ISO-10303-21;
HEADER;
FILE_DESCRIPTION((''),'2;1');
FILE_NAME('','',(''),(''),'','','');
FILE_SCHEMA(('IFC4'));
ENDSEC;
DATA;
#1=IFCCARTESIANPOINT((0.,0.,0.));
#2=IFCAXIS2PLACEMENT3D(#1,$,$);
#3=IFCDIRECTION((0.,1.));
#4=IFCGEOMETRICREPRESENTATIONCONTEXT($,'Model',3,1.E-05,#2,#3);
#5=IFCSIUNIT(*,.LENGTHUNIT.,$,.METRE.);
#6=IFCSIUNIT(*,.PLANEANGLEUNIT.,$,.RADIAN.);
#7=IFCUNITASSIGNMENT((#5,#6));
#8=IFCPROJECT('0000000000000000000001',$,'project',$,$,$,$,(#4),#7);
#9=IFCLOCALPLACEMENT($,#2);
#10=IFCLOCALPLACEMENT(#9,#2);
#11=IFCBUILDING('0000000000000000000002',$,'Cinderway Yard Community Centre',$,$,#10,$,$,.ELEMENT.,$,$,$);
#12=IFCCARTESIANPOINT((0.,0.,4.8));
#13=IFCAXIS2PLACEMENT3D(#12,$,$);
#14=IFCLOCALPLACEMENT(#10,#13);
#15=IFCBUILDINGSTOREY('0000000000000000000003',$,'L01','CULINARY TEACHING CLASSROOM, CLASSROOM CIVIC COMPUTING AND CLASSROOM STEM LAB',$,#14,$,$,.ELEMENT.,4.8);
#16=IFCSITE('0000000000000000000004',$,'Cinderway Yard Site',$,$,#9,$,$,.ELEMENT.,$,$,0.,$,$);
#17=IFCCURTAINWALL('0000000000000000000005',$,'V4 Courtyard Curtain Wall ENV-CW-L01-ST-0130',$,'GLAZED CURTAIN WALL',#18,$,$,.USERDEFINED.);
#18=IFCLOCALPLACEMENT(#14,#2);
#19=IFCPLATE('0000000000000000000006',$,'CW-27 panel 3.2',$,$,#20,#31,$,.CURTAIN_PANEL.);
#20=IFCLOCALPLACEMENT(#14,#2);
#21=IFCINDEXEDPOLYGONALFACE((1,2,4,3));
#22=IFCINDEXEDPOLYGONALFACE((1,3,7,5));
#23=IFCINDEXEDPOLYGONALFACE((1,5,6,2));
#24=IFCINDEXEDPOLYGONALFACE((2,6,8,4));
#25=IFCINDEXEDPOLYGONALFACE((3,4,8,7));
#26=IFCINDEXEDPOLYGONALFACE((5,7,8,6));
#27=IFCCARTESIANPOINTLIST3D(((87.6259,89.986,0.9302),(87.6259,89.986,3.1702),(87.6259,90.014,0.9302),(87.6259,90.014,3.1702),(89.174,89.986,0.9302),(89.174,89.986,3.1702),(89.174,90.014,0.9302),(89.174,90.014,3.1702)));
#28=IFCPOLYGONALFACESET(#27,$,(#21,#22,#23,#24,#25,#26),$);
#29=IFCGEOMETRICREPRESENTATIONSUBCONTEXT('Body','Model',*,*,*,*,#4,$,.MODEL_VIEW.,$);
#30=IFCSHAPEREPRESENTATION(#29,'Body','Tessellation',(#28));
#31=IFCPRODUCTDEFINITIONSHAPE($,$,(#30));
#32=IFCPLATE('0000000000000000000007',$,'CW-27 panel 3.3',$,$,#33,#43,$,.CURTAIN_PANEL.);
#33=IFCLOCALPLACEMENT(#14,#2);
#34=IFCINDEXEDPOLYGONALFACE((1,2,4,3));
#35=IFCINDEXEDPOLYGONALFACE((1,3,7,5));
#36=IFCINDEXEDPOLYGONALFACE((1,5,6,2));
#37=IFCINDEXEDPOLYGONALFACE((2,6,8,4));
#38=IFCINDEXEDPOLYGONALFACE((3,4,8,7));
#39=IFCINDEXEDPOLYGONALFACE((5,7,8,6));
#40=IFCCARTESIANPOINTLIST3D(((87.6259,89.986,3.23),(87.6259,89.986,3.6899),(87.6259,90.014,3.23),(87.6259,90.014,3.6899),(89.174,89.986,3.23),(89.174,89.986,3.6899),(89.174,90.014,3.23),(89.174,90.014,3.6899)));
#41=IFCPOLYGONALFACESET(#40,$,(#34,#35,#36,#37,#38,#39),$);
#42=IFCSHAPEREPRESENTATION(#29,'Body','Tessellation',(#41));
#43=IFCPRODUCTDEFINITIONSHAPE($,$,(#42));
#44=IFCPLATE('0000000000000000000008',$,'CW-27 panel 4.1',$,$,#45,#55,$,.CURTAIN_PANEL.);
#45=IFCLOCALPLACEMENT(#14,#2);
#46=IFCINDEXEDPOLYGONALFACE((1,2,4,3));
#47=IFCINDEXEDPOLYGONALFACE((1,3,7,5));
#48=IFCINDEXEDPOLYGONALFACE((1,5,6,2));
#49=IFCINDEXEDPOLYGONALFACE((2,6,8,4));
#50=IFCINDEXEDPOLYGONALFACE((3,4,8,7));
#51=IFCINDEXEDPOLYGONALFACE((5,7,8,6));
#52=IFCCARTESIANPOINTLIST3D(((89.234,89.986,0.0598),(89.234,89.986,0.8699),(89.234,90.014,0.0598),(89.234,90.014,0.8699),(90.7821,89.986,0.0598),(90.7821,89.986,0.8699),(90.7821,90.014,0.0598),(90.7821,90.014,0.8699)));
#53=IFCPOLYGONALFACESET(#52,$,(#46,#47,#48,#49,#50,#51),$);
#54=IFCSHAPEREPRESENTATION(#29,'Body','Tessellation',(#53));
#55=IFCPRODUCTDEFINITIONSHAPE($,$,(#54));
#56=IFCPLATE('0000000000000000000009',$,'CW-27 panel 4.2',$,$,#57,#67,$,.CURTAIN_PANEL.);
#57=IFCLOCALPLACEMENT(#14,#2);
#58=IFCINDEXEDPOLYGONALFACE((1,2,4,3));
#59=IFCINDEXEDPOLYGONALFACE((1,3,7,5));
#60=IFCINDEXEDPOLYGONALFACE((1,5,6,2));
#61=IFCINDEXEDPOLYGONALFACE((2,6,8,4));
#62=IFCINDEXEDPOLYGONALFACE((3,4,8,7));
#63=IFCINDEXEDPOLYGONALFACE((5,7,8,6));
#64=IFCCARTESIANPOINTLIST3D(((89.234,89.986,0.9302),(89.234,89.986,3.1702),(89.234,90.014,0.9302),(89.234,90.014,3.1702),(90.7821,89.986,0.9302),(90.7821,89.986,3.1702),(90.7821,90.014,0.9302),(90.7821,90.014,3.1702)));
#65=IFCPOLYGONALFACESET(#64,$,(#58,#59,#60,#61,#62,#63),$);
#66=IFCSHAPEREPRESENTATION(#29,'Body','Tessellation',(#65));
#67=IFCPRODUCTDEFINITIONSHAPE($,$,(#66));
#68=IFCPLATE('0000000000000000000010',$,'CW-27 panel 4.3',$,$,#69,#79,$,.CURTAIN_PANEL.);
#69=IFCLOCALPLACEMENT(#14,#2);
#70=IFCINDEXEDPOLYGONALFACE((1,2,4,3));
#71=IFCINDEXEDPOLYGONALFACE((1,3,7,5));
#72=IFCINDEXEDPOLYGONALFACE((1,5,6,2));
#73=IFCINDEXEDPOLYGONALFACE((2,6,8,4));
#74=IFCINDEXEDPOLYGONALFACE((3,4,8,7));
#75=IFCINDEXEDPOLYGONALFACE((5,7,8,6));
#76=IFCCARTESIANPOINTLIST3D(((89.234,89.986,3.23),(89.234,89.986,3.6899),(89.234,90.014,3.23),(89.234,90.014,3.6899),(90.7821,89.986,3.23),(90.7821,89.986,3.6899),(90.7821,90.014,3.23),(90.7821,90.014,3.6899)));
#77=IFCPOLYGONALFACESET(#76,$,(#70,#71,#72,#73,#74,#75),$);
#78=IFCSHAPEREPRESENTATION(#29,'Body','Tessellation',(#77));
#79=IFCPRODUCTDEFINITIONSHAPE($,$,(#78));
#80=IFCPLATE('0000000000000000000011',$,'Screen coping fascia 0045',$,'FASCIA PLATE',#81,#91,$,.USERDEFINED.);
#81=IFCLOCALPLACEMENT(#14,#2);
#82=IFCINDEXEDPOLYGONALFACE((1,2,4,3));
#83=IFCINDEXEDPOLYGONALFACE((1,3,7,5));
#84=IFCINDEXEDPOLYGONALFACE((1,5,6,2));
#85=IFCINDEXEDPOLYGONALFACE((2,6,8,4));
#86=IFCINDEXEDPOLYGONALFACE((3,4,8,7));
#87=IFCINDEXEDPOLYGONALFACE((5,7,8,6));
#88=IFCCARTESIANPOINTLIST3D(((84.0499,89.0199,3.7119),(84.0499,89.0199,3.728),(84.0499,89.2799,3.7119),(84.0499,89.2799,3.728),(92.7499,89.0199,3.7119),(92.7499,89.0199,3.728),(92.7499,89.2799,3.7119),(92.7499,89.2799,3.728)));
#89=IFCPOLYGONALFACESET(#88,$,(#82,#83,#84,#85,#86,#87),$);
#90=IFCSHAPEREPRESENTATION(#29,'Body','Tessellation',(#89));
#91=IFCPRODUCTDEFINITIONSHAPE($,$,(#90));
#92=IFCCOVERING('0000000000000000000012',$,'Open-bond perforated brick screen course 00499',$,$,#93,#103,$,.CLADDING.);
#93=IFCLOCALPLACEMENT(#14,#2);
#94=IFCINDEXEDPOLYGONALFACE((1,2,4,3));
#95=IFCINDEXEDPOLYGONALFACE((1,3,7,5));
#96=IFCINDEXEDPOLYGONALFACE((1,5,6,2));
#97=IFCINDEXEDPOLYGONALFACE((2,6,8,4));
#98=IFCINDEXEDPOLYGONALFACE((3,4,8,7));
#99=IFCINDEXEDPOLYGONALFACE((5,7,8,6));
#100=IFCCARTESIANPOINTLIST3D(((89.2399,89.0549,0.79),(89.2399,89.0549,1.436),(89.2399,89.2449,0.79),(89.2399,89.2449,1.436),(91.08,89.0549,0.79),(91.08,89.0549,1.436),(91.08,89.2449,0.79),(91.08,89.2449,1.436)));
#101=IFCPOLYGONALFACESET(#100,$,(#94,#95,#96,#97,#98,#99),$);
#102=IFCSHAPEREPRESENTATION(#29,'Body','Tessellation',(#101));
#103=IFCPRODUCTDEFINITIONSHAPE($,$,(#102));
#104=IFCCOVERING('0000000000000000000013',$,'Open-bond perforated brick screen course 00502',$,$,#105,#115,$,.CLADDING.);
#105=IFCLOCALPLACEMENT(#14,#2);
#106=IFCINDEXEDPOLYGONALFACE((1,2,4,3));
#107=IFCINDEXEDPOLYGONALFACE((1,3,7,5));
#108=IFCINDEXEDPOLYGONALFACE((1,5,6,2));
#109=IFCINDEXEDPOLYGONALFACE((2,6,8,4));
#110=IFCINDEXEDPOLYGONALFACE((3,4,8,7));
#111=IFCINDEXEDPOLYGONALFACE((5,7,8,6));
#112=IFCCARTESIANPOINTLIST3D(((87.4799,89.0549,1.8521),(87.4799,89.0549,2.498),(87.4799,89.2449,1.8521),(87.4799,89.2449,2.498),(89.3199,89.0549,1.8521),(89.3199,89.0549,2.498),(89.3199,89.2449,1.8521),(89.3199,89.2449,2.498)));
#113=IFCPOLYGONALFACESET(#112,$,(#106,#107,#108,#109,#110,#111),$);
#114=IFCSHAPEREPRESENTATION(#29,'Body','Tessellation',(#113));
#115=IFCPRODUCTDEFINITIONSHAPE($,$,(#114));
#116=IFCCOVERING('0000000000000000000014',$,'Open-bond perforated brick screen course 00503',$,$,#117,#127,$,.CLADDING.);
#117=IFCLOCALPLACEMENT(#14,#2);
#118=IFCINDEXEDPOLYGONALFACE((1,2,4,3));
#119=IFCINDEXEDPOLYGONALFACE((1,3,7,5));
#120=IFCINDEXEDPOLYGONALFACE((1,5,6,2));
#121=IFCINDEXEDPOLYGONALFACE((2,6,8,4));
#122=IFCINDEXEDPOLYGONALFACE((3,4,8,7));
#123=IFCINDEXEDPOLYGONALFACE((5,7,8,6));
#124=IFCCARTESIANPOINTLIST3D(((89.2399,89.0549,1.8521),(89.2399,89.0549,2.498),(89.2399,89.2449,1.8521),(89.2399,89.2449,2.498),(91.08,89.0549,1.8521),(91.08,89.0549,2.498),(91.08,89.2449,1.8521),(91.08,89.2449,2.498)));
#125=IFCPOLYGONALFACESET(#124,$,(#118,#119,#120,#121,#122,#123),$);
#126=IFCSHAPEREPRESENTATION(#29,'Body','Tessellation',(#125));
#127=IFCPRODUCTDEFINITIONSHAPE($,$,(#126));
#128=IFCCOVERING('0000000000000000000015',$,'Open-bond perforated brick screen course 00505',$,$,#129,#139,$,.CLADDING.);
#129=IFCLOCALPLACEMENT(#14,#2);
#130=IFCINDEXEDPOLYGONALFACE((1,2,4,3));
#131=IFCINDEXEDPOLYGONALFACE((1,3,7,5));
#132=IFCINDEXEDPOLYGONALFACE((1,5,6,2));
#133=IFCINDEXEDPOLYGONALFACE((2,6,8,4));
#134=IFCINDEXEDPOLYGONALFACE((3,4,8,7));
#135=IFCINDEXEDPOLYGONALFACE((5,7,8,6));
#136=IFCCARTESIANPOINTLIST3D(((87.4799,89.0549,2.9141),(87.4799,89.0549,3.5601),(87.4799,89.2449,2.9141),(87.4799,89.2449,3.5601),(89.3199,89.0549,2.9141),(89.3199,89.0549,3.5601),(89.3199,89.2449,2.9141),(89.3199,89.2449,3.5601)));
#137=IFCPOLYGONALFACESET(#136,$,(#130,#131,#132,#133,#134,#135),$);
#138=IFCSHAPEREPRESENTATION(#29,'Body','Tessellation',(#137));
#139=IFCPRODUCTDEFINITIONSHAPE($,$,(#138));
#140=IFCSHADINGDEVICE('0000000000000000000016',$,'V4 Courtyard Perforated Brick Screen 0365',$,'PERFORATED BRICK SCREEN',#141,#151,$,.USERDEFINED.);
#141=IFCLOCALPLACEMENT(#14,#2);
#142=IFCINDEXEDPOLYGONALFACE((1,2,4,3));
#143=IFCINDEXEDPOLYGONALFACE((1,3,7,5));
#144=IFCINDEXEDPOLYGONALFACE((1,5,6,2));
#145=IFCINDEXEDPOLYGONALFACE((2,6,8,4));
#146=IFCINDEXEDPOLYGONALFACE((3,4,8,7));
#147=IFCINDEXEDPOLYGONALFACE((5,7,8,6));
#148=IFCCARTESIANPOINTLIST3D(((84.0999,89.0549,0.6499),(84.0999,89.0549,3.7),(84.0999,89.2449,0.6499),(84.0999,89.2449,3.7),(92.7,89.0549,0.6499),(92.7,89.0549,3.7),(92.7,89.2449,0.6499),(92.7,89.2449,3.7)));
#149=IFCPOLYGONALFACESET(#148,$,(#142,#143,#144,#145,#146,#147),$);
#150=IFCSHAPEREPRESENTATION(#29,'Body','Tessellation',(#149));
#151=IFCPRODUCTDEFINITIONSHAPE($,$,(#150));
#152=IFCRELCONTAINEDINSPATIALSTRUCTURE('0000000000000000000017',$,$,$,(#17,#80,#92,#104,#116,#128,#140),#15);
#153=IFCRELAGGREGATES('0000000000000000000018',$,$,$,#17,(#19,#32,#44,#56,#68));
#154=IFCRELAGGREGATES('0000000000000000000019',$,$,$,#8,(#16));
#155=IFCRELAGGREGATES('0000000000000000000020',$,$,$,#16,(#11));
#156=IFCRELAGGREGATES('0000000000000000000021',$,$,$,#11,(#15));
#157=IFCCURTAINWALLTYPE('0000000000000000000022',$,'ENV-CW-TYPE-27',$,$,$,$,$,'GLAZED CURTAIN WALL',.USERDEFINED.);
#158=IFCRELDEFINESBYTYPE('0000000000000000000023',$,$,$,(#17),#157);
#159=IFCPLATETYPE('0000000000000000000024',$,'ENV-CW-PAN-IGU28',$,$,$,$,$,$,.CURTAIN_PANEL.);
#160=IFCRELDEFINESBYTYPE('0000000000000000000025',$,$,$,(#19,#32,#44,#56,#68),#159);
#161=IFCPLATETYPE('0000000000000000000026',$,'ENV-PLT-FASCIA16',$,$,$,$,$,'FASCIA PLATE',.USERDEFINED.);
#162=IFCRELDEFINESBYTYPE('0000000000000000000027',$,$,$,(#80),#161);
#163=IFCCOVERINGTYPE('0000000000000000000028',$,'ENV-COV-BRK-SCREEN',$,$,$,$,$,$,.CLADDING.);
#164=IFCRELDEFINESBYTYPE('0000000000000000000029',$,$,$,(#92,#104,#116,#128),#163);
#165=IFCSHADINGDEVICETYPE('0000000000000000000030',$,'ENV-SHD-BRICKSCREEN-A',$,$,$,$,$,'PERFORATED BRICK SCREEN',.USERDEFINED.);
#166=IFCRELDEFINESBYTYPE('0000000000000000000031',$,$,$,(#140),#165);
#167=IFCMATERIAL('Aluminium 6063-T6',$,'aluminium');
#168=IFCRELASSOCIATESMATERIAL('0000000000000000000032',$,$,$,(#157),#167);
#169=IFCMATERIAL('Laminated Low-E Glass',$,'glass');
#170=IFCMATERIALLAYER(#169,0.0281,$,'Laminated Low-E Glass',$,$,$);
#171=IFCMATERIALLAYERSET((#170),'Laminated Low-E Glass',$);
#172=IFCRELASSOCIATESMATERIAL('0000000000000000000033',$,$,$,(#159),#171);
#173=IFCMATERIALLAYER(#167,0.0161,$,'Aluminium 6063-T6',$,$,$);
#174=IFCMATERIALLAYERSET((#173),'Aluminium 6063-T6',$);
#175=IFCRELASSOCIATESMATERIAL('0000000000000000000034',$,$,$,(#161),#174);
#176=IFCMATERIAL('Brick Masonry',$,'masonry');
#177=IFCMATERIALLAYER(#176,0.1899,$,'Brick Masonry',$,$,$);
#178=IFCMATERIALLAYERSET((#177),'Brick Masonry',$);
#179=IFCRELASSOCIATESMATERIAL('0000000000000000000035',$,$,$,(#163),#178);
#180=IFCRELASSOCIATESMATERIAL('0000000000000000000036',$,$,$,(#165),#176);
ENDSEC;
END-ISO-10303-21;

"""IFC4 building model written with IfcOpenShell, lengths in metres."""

from ifc_helpers import new_model, si_unit, direction, frame, origin, origin_2d, place, context, subcontext, project, spatial, rectangle, extrude, material, layer, layer_set, type_object, element, aggregate, save


model = new_model("IFC4")

# Units and contexts
model_context = context("Model", 3, precision=1e-05, world=origin(), true_north=direction((0.0, 1.0)))
body_context = subcontext(model_context, "Body", "Model", "MODEL_VIEW")
ifc_project = project(units=[si_unit("LENGTHUNIT", "METRE"), si_unit("PLANEANGLEUNIT", "RADIAN")], contexts=[model_context])

# Site, building, storey
site_placement = place(None, origin())
site = spatial("IfcSite", under=ifc_project, at=site_placement, Name="Cinderway Yard Site", CompositionType="ELEMENT", RefElevation=0.0)
building_placement = place(site_placement, origin())
building = spatial("IfcBuilding", under=site, at=building_placement, Name="Cinderway Yard Community Centre", CompositionType="ELEMENT")
storey_placement = place(building_placement, frame((0.0, 0.0, 4.8)))
storey = spatial("IfcBuildingStorey", under=building, at=storey_placement, Name="L01", Description="CULINARY TEACHING CLASSROOM, CLASSROOM CIVIC COMPUTING AND CLASSROOM STEM LAB", CompositionType="ELEMENT", Elevation=4.8)

# Curtain wall
ifc_material_1 = material(Name="Aluminium 6063-T6", Category="aluminium")
curtain_wall_type = type_object("IfcCurtainWallType", Name="ENV-CW-TYPE-27", ElementType="GLAZED CURTAIN WALL", PredefinedType="USERDEFINED", material=ifc_material_1)
curtain_wall_placement = place(storey_placement, origin())
curtain_wall = element("IfcCurtainWall", 1, at=curtain_wall_placement, inside=storey, type_object=curtain_wall_type, Name="V4 Courtyard Curtain Wall ENV-CW-L01-ST-0130", ObjectType="GLAZED CURTAIN WALL", PredefinedType="USERDEFINED")

# Plates
ifc_material_2 = material(Name="Laminated Low-E Glass", Category="glass")
ifc_layer_1 = layer(ifc_material_2, 0.0281, Name="Laminated Low-E Glass")
ifc_layer_set_1 = layer_set([ifc_layer_1], Name="Laminated Low-E Glass")
plate_type_1 = type_object("IfcPlateType", Name="ENV-CW-PAN-IGU28", PredefinedType="CURTAIN_PANEL", material=ifc_layer_set_1)
plate_1_placement = place(storey_placement, frame((88.3999, 90.0, 0.9302), z_axis=(0.0, 0.0, 1.0), x_axis=(1.0, 0.0, 0.0)))
plate_1 = element("IfcPlate", 2, at=plate_1_placement, type_object=plate_type_1, Name="CW-27 panel 3.2", PredefinedType="CURTAIN_PANEL", context=body_context, shape_type="SweptSolid", body=[
    extrude(rectangle(XDim=1.5481, YDim=0.0281, at=origin_2d()), origin(), (0.0, 0.0, 1.0), 2.24),
])
plate_2_placement = place(storey_placement, frame((88.3999, 90.0, 3.23), z_axis=(0.0, 0.0, 1.0), x_axis=(1.0, 0.0, 0.0)))
plate_2 = element("IfcPlate", 3, at=plate_2_placement, type_object=plate_type_1, Name="CW-27 panel 3.3", PredefinedType="CURTAIN_PANEL", context=body_context, shape_type="SweptSolid", body=[
    extrude(rectangle(XDim=1.5481, YDim=0.0281, at=origin_2d()), origin(), (0.0, 0.0, 1.0), 0.46),
])
plate_3_placement = place(storey_placement, frame((90.0081, 90.0, 0.0598), z_axis=(0.0, 0.0, 1.0), x_axis=(1.0, 0.0, 0.0)))
plate_3 = element("IfcPlate", 4, at=plate_3_placement, type_object=plate_type_1, Name="CW-27 panel 4.1", PredefinedType="CURTAIN_PANEL", context=body_context, shape_type="SweptSolid", body=[
    extrude(rectangle(XDim=1.5481, YDim=0.0281, at=origin_2d()), origin(), (0.0, 0.0, 1.0), 0.8101),
])
plate_4_placement = place(storey_placement, frame((90.0081, 90.0, 0.9302), z_axis=(0.0, 0.0, 1.0), x_axis=(1.0, 0.0, 0.0)))
plate_4 = element("IfcPlate", 5, at=plate_4_placement, type_object=plate_type_1, Name="CW-27 panel 4.2", PredefinedType="CURTAIN_PANEL", context=body_context, shape_type="SweptSolid", body=[
    extrude(rectangle(XDim=1.5481, YDim=0.0281, at=origin_2d()), origin(), (0.0, 0.0, 1.0), 2.24),
])
plate_5_placement = place(storey_placement, frame((90.0081, 90.0, 3.23), z_axis=(0.0, 0.0, 1.0), x_axis=(1.0, 0.0, 0.0)))
plate_5 = element("IfcPlate", 6, at=plate_5_placement, type_object=plate_type_1, Name="CW-27 panel 4.3", PredefinedType="CURTAIN_PANEL", context=body_context, shape_type="SweptSolid", body=[
    extrude(rectangle(XDim=1.5481, YDim=0.0281, at=origin_2d()), origin(), (0.0, 0.0, 1.0), 0.46),
])
aggregate(curtain_wall, [plate_1, plate_2, plate_3, plate_4, plate_5])
ifc_layer_2 = layer(ifc_material_1, 0.0161, Name="Aluminium 6063-T6")
ifc_layer_set_2 = layer_set([ifc_layer_2], Name="Aluminium 6063-T6")
plate_type_2 = type_object("IfcPlateType", Name="ENV-PLT-FASCIA16", ElementType="FASCIA PLATE", PredefinedType="USERDEFINED", material=ifc_layer_set_2)
plate_6_placement = place(storey_placement, frame((88.3999, 89.1499, 3.7119), z_axis=(0.0, 0.0, 1.0), x_axis=(-1.0, 0.0, 0.0)))
element("IfcPlate", 7, at=plate_6_placement, inside=storey, type_object=plate_type_2, Name="Screen coping fascia 0045", ObjectType="FASCIA PLATE", PredefinedType="USERDEFINED", context=body_context, shape_type="SweptSolid", body=[
    extrude(rectangle(XDim=8.7, YDim=0.26, at=origin_2d()), origin(), (0.0, 0.0, 1.0), 0.0161),
])

# Coverings
ifc_material_3 = material(Name="Brick Masonry", Category="masonry")
ifc_layer_3 = layer(ifc_material_3, 0.1899, Name="Brick Masonry")
ifc_layer_set_3 = layer_set([ifc_layer_3], Name="Brick Masonry")
covering_type = type_object("IfcCoveringType", Name="ENV-COV-BRK-SCREEN", PredefinedType="CLADDING", material=ifc_layer_set_3)
for number, where, z_axis, x_axis, name in (
    (8, (90.1599, 89.1499, 0.79), (0.0, 0.0, 1.0), (-1.0, 0.0, 0.0), "Open-bond perforated brick screen course 00499"),
    (9, (88.3999, 89.1499, 1.8521), (0.0, 0.0, 1.0), (-1.0, 0.0, 0.0), "Open-bond perforated brick screen course 00502"),
    (10, (90.1599, 89.1499, 1.8521), (0.0, 0.0, 1.0), (-1.0, 0.0, 0.0), "Open-bond perforated brick screen course 00503"),
    (11, (88.3999, 89.1499, 2.9141), (0.0, 0.0, 1.0), (-1.0, 0.0, 0.0), "Open-bond perforated brick screen course 00505"),
):
    element("IfcCovering", number, at=place(storey_placement, frame(where, z_axis=z_axis, x_axis=x_axis)), inside=storey, type_object=covering_type, Name=name, PredefinedType="CLADDING", context=body_context, shape_type="SweptSolid", body=[
        extrude(rectangle(XDim=1.8401, YDim=0.1899, at=origin_2d()), origin(), (0.0, 0.0, 1.0), 0.646),
    ])

# Shading device
shading_device_type = type_object("IfcShadingDeviceType", Name="ENV-SHD-BRICKSCREEN-A", ElementType="PERFORATED BRICK SCREEN", PredefinedType="USERDEFINED", material=ifc_material_3)
shading_device_placement = place(storey_placement, frame((88.3999, 89.1499, 0.6499), z_axis=(0.0, 0.0, 1.0), x_axis=(-1.0, 0.0, 0.0)))
element("IfcShadingDevice", 12, at=shading_device_placement, inside=storey, type_object=shading_device_type, Name="V4 Courtyard Perforated Brick Screen 0365", ObjectType="PERFORATED BRICK SCREEN", PredefinedType="USERDEFINED", context=body_context, shape_type="SweptSolid", body=[
    extrude(rectangle(XDim=8.6001, YDim=0.1899, at=origin_2d()), origin(), (0.0, 0.0, 1.0), 3.05),
])

save(model, "model.ifc")
